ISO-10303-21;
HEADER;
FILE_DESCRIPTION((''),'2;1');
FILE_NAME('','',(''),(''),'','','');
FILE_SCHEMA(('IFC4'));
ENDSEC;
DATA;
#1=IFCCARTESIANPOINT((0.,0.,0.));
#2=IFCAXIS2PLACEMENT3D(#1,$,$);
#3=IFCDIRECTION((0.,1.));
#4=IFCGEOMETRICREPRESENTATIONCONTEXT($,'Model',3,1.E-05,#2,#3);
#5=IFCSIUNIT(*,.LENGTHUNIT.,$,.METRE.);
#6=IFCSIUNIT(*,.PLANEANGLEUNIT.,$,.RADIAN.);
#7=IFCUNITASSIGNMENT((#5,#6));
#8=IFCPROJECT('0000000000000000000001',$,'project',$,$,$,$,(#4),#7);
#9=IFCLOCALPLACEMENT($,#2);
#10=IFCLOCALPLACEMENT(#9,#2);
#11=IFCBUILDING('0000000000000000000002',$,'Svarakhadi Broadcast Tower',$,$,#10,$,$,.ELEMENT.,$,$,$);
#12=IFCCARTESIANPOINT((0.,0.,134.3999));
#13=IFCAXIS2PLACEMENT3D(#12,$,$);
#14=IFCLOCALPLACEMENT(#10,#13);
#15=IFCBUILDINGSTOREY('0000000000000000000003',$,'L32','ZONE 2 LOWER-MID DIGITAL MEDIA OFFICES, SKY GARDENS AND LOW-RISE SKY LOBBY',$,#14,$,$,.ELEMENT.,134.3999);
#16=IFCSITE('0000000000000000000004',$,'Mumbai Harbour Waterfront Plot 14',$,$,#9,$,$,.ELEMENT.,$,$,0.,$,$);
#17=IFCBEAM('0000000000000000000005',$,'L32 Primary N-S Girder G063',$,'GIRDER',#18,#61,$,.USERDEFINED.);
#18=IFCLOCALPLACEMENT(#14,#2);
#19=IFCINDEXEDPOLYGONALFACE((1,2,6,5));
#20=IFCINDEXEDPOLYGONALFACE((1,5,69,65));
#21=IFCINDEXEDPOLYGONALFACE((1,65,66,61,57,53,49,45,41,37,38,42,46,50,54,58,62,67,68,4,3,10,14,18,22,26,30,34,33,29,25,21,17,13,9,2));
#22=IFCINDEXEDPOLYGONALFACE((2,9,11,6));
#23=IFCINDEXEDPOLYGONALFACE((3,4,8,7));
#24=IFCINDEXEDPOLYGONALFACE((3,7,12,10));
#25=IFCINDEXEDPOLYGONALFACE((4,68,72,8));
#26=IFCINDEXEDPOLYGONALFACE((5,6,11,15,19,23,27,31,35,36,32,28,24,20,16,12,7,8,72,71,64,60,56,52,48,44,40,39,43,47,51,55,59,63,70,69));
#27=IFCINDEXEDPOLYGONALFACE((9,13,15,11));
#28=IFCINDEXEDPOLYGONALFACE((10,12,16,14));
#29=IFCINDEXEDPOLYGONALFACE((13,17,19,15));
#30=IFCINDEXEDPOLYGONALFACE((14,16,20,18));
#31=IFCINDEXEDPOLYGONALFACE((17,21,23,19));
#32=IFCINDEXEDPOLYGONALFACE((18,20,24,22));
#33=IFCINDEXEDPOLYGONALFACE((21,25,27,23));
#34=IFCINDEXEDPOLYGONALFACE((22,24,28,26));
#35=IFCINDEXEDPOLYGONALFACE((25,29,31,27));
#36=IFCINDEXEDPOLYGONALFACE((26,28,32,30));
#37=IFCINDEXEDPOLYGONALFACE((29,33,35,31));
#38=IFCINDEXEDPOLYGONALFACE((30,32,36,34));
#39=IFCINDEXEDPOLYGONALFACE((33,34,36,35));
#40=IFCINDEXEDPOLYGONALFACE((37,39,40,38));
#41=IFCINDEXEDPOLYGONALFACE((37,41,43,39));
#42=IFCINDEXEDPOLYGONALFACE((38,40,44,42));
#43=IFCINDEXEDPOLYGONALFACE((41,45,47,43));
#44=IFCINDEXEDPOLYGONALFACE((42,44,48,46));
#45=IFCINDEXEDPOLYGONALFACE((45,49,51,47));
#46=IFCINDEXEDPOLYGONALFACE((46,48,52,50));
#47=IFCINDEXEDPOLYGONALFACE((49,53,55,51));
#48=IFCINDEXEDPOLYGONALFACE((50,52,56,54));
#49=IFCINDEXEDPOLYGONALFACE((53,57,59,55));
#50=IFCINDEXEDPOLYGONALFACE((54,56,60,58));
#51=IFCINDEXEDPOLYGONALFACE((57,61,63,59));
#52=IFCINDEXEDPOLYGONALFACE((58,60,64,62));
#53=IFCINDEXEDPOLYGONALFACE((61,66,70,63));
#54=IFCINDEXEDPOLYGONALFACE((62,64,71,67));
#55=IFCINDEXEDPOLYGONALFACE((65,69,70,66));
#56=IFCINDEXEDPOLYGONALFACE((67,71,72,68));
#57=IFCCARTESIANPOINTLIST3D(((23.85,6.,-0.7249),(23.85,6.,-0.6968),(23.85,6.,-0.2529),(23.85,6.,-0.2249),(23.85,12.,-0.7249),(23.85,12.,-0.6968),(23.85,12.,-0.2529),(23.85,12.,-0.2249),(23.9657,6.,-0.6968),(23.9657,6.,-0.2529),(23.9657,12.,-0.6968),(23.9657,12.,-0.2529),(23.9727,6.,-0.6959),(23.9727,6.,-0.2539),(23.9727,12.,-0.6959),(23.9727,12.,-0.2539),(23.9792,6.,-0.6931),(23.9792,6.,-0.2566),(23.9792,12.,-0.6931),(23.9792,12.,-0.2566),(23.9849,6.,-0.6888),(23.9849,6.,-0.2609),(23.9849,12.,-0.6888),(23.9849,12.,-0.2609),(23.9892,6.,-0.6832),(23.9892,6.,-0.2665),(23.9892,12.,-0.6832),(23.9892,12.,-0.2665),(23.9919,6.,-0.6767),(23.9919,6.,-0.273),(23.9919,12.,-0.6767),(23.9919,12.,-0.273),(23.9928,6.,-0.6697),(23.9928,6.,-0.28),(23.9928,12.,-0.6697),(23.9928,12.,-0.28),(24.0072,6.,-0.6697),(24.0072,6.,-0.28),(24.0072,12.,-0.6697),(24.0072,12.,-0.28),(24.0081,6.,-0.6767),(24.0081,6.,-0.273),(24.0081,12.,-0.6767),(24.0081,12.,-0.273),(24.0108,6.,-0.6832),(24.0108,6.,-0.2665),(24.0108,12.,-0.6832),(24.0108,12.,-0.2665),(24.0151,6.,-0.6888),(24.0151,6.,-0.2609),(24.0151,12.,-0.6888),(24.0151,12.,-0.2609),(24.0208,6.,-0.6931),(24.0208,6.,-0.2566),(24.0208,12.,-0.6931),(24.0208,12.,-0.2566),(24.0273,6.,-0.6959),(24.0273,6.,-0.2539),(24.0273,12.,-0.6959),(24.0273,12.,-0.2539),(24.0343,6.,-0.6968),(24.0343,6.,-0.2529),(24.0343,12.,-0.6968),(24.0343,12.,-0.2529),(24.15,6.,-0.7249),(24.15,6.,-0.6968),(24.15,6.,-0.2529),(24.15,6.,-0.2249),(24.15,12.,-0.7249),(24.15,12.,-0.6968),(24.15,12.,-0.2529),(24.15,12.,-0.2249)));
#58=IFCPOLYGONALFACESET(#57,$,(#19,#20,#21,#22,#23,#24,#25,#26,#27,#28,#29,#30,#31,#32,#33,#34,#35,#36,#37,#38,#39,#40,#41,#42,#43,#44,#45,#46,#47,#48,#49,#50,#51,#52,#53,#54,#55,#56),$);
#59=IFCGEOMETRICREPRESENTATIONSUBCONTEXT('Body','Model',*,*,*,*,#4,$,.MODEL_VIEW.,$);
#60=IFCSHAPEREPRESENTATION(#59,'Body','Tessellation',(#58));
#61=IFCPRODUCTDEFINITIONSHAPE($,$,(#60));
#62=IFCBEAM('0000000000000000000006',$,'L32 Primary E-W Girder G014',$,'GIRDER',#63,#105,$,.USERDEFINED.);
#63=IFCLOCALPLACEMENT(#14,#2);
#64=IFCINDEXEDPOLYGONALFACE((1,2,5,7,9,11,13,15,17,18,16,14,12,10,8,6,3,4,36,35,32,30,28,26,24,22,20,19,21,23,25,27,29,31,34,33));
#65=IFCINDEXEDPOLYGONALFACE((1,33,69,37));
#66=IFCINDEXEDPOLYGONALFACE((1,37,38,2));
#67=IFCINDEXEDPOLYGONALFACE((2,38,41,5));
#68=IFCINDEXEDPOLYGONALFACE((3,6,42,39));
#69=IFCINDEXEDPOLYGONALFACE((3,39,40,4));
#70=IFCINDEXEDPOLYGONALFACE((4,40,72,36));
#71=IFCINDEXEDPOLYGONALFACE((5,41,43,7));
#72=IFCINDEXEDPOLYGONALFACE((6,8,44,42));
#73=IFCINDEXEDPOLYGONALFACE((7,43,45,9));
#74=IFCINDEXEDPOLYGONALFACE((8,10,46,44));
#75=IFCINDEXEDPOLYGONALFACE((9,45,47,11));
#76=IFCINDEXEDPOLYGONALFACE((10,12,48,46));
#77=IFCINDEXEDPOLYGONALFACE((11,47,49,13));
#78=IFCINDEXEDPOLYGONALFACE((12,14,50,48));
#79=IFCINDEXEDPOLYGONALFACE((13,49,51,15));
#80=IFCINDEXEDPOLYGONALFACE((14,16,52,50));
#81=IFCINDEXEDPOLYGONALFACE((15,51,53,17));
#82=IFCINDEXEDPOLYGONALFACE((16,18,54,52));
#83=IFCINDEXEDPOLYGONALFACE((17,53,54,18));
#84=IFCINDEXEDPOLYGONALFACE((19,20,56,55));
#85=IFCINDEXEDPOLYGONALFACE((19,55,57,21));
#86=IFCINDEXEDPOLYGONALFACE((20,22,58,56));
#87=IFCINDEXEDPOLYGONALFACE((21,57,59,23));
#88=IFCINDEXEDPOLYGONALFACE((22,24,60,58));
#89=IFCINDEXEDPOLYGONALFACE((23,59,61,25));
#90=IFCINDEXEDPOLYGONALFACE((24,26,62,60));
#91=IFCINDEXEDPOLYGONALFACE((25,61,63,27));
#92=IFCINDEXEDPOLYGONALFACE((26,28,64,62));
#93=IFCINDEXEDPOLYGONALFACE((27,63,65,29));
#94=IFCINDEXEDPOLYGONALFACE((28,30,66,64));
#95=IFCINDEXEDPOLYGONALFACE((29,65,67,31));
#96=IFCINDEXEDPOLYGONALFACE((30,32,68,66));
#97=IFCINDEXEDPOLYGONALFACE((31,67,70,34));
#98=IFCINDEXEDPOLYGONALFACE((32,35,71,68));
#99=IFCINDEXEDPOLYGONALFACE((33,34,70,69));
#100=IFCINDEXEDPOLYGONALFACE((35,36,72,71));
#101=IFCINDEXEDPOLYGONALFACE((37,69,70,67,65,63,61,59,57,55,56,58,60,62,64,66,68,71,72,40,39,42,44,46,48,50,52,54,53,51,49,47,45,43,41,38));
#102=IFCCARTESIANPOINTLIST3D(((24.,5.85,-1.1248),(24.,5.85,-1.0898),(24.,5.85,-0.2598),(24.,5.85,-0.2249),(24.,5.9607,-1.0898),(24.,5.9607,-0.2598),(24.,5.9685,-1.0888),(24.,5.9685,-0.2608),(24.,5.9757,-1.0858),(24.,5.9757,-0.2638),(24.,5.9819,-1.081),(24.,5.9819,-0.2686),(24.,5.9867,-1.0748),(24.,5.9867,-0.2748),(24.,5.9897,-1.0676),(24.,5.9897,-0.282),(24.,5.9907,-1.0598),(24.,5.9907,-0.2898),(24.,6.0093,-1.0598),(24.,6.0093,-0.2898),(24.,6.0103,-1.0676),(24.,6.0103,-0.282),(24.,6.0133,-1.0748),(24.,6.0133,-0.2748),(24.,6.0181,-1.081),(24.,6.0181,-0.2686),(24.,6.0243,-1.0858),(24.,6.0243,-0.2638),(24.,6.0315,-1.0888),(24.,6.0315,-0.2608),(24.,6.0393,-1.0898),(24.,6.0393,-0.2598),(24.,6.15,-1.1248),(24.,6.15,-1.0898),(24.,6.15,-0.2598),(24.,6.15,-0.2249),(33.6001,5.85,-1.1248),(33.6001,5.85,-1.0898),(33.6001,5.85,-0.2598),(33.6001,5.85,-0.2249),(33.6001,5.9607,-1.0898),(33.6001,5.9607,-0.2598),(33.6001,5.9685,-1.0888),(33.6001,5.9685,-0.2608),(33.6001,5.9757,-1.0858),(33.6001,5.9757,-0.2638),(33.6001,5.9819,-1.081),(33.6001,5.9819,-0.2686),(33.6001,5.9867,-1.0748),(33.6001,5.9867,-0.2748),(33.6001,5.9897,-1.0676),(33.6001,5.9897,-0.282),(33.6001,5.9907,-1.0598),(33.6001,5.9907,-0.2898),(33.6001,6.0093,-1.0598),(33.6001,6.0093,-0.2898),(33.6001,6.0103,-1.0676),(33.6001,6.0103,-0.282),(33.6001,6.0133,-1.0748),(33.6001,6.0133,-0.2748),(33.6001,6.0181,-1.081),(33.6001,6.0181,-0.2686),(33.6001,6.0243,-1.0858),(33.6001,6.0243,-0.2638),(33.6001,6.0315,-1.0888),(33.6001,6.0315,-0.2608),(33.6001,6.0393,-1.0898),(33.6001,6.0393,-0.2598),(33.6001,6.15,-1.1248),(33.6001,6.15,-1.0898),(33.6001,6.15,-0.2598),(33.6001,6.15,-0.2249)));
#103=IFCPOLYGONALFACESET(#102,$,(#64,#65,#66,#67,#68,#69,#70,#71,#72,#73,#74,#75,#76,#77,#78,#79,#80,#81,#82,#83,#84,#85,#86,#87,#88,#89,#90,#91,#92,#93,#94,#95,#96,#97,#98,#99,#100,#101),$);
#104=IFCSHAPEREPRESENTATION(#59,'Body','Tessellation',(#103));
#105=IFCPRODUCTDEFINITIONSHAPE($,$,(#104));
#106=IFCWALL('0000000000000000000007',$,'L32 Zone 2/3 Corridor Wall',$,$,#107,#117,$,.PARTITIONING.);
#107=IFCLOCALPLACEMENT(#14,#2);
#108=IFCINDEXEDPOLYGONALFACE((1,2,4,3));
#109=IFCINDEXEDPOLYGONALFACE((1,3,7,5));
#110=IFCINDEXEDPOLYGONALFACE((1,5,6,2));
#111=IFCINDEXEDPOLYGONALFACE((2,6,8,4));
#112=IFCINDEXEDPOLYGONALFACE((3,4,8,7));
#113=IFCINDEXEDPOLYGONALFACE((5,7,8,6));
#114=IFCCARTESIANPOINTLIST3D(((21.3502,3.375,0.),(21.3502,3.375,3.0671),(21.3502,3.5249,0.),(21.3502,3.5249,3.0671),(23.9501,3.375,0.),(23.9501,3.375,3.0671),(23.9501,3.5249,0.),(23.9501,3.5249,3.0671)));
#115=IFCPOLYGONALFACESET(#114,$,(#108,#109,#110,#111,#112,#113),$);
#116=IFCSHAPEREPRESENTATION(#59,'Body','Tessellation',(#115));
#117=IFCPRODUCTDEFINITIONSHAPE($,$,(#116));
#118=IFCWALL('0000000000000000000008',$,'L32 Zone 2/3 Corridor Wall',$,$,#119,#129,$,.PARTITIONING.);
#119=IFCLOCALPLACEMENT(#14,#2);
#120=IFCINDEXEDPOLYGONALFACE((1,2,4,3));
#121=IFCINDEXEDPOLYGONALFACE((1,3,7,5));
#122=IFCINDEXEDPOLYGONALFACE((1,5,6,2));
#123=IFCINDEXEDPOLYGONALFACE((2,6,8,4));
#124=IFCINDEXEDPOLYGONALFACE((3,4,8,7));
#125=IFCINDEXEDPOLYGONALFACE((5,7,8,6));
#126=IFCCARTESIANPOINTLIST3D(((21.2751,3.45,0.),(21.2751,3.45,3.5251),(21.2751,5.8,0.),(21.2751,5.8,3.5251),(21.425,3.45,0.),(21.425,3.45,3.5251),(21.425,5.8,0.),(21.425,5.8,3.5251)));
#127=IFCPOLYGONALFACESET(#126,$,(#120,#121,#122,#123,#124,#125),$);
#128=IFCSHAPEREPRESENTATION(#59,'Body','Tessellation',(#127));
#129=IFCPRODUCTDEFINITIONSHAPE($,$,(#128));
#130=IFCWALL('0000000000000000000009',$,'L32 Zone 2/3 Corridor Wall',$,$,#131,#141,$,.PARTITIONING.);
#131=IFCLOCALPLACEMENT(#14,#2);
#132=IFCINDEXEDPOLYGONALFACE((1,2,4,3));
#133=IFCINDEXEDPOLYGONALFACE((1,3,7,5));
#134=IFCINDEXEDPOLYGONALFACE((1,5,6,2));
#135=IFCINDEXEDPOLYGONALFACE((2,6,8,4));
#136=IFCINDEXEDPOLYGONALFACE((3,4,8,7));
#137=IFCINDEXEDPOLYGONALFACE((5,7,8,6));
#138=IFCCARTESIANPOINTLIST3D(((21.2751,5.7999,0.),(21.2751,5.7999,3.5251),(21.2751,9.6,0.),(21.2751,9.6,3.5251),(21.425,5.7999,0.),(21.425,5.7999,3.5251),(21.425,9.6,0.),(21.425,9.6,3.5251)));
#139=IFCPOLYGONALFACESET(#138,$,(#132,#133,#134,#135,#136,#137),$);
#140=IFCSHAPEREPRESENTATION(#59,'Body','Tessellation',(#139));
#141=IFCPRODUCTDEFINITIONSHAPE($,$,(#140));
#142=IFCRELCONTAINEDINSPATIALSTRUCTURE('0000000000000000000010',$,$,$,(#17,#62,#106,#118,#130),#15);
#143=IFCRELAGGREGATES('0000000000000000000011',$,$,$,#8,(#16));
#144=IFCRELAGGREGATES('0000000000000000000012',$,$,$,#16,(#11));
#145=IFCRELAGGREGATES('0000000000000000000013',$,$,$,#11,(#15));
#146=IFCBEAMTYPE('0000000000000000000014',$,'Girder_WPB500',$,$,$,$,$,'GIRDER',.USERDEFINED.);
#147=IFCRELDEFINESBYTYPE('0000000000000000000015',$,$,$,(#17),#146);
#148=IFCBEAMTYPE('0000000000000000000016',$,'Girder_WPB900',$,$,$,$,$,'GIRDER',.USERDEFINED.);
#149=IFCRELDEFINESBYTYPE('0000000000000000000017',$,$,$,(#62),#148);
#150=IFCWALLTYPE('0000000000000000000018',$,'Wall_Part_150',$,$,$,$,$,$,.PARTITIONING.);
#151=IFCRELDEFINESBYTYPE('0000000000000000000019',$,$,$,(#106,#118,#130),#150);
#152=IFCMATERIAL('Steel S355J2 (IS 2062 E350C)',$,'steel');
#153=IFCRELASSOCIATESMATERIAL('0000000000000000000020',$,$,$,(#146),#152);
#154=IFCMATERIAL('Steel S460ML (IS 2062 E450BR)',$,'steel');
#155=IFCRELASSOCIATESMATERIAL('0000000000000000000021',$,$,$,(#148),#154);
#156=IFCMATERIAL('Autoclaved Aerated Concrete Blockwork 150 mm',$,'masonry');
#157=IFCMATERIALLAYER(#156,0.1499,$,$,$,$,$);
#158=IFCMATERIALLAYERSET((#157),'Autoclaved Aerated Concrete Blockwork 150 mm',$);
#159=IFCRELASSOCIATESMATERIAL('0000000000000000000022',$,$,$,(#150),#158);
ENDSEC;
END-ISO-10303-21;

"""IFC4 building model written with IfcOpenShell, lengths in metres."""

from ifc_helpers import new_model, si_unit, direction, frame, frame_2d, origin, origin_2d, place, context, subcontext, project, spatial, rectangle, i_section, extrude, material, layer, layer_set, material_profile, profile_set, type_object, element, save


model = new_model("IFC4")

# Units and contexts
model_context = context("Model", 3, precision=1e-05, world=origin(), true_north=direction((0.0, 1.0)))
body_context = subcontext(model_context, "Body", "Model", "MODEL_VIEW")
ifc_project = project(units=[si_unit("LENGTHUNIT", "METRE"), si_unit("PLANEANGLEUNIT", "RADIAN")], contexts=[model_context])

# Site, building, storey
site_placement = place(None, origin())
site = spatial("IfcSite", under=ifc_project, at=site_placement, Name="Mumbai Harbour Waterfront Plot 14", CompositionType="ELEMENT", RefElevation=0.0)
building_placement = place(site_placement, origin())
building = spatial("IfcBuilding", under=site, at=building_placement, Name="Svarakhadi Broadcast Tower", CompositionType="ELEMENT")
storey_placement = place(building_placement, frame((0.0, 0.0, 134.3999)))
storey = spatial("IfcBuildingStorey", under=building, at=storey_placement, Name="L32", Description="ZONE 2 LOWER-MID DIGITAL MEDIA OFFICES, SKY GARDENS AND LOW-RISE SKY LOBBY", CompositionType="ELEMENT", Elevation=134.3999)

# Beams
ifc_material_1 = material(Name="Steel S355J2 (IS 2062 E350C)", Category="steel")
ifc_material_profile_1 = material_profile(ifc_material_1, i_section(OverallWidth=0.3, OverallDepth=0.5, WebThickness=0.0144, FlangeThickness=0.0281, FilletRadius=0.0271, at=origin_2d()), Name="WPB 500x300x187")
ifc_profile_set_1 = profile_set([ifc_material_profile_1], Name="Steel S355J2 (IS 2062 E350C)")
beam_type_1 = type_object("IfcBeamType", Name="Girder_WPB500", ElementType="GIRDER", PredefinedType="USERDEFINED", material=ifc_profile_set_1)
beam_1_placement = place(storey_placement, frame((24.0, 6.0, -0.4749), z_axis=(0.0, 1.0, 0.0), x_axis=(-1.0, 0.0, 0.0)))
element("IfcBeam", 1, at=beam_1_placement, inside=storey, type_object=beam_type_1, Name="L32 Primary N-S Girder G063", ObjectType="GIRDER", PredefinedType="USERDEFINED", context=body_context, shape_type="SweptSolid", body=[
    extrude(i_section(OverallWidth=0.3, OverallDepth=0.5, WebThickness=0.0144, FlangeThickness=0.0281, FilletRadius=0.0271, at=origin_2d()), origin(), (0.0, 0.0, 1.0), 6.0),
])
ifc_material_2 = material(Name="Steel S460ML (IS 2062 E450BR)", Category="steel")
ifc_material_profile_2 = material_profile(ifc_material_2, i_section(OverallWidth=0.3, OverallDepth=0.8999, WebThickness=0.0186, FlangeThickness=0.0349, FilletRadius=0.03, at=origin_2d()), Name="WPB 900x300x291")
ifc_profile_set_2 = profile_set([ifc_material_profile_2], Name="Steel S460ML (IS 2062 E450BR)")
beam_type_2 = type_object("IfcBeamType", Name="Girder_WPB900", ElementType="GIRDER", PredefinedType="USERDEFINED", material=ifc_profile_set_2)
beam_2_placement = place(storey_placement, frame((24.0, 6.0, -0.6748), z_axis=(1.0, 0.0, 0.0), x_axis=(0.0, 1.0, 0.0)))
element("IfcBeam", 2, at=beam_2_placement, inside=storey, type_object=beam_type_2, Name="L32 Primary E-W Girder G014", ObjectType="GIRDER", PredefinedType="USERDEFINED", context=body_context, shape_type="SweptSolid", body=[
    extrude(i_section(OverallWidth=0.3, OverallDepth=0.8999, WebThickness=0.0186, FlangeThickness=0.0349, FilletRadius=0.03, at=origin_2d()), origin(), (0.0, 0.0, 1.0), 9.6001),
])

# Walls
ifc_material_3 = material(Name="Autoclaved Aerated Concrete Blockwork 150 mm", Category="masonry")
ifc_layer_1 = layer(ifc_material_3, 0.1499)
ifc_layer_set_1 = layer_set([ifc_layer_1], Name="Autoclaved Aerated Concrete Blockwork 150 mm")
wall_type_1 = type_object("IfcWallType", Name="Wall_Part_150", PredefinedType="PARTITIONING", material=ifc_layer_set_1)
wall_1_placement = place(storey_placement, frame((23.95, 3.45, 0.0), z_axis=(0.0, 0.0, 1.0), x_axis=(-1.0, 0.0, 0.0)))
element("IfcWall", 3, at=wall_1_placement, inside=storey, type_object=wall_type_1, Name="L32 Zone 2/3 Corridor Wall", PredefinedType="PARTITIONING", context=body_context, shape_type="SweptSolid", body=[
    extrude(rectangle(XDim=2.5999, YDim=0.1499, at=frame_2d((1.2998, 0.0))), origin(), (0.0, 0.0, 1.0), 3.0671),
])
wall_2_placement = place(storey_placement, frame((21.3501, 3.45, 0.0), z_axis=(0.0, 0.0, 1.0), x_axis=(0.0, 1.0, 0.0)))
element("IfcWall", 4, at=wall_2_placement, inside=storey, type_object=wall_type_1, Name="L32 Zone 2/3 Corridor Wall", PredefinedType="PARTITIONING", context=body_context, shape_type="SweptSolid", body=[
    extrude(rectangle(XDim=2.3501, YDim=0.1499, at=frame_2d((1.175, 0.0))), origin(), (0.0, 0.0, 1.0), 3.5251),
])
wall_3_placement = place(storey_placement, frame((21.3501, 5.8, 0.0), z_axis=(0.0, 0.0, 1.0), x_axis=(0.0, 1.0, 0.0)))
element("IfcWall", 5, at=wall_3_placement, inside=storey, type_object=wall_type_1, Name="L32 Zone 2/3 Corridor Wall", PredefinedType="PARTITIONING", context=body_context, shape_type="SweptSolid", body=[
    extrude(rectangle(XDim=3.8, YDim=0.1499, at=frame_2d((1.8999, 0.0))), origin(), (0.0, 0.0, 1.0), 3.5251),
])

save(model, "model.ifc")
